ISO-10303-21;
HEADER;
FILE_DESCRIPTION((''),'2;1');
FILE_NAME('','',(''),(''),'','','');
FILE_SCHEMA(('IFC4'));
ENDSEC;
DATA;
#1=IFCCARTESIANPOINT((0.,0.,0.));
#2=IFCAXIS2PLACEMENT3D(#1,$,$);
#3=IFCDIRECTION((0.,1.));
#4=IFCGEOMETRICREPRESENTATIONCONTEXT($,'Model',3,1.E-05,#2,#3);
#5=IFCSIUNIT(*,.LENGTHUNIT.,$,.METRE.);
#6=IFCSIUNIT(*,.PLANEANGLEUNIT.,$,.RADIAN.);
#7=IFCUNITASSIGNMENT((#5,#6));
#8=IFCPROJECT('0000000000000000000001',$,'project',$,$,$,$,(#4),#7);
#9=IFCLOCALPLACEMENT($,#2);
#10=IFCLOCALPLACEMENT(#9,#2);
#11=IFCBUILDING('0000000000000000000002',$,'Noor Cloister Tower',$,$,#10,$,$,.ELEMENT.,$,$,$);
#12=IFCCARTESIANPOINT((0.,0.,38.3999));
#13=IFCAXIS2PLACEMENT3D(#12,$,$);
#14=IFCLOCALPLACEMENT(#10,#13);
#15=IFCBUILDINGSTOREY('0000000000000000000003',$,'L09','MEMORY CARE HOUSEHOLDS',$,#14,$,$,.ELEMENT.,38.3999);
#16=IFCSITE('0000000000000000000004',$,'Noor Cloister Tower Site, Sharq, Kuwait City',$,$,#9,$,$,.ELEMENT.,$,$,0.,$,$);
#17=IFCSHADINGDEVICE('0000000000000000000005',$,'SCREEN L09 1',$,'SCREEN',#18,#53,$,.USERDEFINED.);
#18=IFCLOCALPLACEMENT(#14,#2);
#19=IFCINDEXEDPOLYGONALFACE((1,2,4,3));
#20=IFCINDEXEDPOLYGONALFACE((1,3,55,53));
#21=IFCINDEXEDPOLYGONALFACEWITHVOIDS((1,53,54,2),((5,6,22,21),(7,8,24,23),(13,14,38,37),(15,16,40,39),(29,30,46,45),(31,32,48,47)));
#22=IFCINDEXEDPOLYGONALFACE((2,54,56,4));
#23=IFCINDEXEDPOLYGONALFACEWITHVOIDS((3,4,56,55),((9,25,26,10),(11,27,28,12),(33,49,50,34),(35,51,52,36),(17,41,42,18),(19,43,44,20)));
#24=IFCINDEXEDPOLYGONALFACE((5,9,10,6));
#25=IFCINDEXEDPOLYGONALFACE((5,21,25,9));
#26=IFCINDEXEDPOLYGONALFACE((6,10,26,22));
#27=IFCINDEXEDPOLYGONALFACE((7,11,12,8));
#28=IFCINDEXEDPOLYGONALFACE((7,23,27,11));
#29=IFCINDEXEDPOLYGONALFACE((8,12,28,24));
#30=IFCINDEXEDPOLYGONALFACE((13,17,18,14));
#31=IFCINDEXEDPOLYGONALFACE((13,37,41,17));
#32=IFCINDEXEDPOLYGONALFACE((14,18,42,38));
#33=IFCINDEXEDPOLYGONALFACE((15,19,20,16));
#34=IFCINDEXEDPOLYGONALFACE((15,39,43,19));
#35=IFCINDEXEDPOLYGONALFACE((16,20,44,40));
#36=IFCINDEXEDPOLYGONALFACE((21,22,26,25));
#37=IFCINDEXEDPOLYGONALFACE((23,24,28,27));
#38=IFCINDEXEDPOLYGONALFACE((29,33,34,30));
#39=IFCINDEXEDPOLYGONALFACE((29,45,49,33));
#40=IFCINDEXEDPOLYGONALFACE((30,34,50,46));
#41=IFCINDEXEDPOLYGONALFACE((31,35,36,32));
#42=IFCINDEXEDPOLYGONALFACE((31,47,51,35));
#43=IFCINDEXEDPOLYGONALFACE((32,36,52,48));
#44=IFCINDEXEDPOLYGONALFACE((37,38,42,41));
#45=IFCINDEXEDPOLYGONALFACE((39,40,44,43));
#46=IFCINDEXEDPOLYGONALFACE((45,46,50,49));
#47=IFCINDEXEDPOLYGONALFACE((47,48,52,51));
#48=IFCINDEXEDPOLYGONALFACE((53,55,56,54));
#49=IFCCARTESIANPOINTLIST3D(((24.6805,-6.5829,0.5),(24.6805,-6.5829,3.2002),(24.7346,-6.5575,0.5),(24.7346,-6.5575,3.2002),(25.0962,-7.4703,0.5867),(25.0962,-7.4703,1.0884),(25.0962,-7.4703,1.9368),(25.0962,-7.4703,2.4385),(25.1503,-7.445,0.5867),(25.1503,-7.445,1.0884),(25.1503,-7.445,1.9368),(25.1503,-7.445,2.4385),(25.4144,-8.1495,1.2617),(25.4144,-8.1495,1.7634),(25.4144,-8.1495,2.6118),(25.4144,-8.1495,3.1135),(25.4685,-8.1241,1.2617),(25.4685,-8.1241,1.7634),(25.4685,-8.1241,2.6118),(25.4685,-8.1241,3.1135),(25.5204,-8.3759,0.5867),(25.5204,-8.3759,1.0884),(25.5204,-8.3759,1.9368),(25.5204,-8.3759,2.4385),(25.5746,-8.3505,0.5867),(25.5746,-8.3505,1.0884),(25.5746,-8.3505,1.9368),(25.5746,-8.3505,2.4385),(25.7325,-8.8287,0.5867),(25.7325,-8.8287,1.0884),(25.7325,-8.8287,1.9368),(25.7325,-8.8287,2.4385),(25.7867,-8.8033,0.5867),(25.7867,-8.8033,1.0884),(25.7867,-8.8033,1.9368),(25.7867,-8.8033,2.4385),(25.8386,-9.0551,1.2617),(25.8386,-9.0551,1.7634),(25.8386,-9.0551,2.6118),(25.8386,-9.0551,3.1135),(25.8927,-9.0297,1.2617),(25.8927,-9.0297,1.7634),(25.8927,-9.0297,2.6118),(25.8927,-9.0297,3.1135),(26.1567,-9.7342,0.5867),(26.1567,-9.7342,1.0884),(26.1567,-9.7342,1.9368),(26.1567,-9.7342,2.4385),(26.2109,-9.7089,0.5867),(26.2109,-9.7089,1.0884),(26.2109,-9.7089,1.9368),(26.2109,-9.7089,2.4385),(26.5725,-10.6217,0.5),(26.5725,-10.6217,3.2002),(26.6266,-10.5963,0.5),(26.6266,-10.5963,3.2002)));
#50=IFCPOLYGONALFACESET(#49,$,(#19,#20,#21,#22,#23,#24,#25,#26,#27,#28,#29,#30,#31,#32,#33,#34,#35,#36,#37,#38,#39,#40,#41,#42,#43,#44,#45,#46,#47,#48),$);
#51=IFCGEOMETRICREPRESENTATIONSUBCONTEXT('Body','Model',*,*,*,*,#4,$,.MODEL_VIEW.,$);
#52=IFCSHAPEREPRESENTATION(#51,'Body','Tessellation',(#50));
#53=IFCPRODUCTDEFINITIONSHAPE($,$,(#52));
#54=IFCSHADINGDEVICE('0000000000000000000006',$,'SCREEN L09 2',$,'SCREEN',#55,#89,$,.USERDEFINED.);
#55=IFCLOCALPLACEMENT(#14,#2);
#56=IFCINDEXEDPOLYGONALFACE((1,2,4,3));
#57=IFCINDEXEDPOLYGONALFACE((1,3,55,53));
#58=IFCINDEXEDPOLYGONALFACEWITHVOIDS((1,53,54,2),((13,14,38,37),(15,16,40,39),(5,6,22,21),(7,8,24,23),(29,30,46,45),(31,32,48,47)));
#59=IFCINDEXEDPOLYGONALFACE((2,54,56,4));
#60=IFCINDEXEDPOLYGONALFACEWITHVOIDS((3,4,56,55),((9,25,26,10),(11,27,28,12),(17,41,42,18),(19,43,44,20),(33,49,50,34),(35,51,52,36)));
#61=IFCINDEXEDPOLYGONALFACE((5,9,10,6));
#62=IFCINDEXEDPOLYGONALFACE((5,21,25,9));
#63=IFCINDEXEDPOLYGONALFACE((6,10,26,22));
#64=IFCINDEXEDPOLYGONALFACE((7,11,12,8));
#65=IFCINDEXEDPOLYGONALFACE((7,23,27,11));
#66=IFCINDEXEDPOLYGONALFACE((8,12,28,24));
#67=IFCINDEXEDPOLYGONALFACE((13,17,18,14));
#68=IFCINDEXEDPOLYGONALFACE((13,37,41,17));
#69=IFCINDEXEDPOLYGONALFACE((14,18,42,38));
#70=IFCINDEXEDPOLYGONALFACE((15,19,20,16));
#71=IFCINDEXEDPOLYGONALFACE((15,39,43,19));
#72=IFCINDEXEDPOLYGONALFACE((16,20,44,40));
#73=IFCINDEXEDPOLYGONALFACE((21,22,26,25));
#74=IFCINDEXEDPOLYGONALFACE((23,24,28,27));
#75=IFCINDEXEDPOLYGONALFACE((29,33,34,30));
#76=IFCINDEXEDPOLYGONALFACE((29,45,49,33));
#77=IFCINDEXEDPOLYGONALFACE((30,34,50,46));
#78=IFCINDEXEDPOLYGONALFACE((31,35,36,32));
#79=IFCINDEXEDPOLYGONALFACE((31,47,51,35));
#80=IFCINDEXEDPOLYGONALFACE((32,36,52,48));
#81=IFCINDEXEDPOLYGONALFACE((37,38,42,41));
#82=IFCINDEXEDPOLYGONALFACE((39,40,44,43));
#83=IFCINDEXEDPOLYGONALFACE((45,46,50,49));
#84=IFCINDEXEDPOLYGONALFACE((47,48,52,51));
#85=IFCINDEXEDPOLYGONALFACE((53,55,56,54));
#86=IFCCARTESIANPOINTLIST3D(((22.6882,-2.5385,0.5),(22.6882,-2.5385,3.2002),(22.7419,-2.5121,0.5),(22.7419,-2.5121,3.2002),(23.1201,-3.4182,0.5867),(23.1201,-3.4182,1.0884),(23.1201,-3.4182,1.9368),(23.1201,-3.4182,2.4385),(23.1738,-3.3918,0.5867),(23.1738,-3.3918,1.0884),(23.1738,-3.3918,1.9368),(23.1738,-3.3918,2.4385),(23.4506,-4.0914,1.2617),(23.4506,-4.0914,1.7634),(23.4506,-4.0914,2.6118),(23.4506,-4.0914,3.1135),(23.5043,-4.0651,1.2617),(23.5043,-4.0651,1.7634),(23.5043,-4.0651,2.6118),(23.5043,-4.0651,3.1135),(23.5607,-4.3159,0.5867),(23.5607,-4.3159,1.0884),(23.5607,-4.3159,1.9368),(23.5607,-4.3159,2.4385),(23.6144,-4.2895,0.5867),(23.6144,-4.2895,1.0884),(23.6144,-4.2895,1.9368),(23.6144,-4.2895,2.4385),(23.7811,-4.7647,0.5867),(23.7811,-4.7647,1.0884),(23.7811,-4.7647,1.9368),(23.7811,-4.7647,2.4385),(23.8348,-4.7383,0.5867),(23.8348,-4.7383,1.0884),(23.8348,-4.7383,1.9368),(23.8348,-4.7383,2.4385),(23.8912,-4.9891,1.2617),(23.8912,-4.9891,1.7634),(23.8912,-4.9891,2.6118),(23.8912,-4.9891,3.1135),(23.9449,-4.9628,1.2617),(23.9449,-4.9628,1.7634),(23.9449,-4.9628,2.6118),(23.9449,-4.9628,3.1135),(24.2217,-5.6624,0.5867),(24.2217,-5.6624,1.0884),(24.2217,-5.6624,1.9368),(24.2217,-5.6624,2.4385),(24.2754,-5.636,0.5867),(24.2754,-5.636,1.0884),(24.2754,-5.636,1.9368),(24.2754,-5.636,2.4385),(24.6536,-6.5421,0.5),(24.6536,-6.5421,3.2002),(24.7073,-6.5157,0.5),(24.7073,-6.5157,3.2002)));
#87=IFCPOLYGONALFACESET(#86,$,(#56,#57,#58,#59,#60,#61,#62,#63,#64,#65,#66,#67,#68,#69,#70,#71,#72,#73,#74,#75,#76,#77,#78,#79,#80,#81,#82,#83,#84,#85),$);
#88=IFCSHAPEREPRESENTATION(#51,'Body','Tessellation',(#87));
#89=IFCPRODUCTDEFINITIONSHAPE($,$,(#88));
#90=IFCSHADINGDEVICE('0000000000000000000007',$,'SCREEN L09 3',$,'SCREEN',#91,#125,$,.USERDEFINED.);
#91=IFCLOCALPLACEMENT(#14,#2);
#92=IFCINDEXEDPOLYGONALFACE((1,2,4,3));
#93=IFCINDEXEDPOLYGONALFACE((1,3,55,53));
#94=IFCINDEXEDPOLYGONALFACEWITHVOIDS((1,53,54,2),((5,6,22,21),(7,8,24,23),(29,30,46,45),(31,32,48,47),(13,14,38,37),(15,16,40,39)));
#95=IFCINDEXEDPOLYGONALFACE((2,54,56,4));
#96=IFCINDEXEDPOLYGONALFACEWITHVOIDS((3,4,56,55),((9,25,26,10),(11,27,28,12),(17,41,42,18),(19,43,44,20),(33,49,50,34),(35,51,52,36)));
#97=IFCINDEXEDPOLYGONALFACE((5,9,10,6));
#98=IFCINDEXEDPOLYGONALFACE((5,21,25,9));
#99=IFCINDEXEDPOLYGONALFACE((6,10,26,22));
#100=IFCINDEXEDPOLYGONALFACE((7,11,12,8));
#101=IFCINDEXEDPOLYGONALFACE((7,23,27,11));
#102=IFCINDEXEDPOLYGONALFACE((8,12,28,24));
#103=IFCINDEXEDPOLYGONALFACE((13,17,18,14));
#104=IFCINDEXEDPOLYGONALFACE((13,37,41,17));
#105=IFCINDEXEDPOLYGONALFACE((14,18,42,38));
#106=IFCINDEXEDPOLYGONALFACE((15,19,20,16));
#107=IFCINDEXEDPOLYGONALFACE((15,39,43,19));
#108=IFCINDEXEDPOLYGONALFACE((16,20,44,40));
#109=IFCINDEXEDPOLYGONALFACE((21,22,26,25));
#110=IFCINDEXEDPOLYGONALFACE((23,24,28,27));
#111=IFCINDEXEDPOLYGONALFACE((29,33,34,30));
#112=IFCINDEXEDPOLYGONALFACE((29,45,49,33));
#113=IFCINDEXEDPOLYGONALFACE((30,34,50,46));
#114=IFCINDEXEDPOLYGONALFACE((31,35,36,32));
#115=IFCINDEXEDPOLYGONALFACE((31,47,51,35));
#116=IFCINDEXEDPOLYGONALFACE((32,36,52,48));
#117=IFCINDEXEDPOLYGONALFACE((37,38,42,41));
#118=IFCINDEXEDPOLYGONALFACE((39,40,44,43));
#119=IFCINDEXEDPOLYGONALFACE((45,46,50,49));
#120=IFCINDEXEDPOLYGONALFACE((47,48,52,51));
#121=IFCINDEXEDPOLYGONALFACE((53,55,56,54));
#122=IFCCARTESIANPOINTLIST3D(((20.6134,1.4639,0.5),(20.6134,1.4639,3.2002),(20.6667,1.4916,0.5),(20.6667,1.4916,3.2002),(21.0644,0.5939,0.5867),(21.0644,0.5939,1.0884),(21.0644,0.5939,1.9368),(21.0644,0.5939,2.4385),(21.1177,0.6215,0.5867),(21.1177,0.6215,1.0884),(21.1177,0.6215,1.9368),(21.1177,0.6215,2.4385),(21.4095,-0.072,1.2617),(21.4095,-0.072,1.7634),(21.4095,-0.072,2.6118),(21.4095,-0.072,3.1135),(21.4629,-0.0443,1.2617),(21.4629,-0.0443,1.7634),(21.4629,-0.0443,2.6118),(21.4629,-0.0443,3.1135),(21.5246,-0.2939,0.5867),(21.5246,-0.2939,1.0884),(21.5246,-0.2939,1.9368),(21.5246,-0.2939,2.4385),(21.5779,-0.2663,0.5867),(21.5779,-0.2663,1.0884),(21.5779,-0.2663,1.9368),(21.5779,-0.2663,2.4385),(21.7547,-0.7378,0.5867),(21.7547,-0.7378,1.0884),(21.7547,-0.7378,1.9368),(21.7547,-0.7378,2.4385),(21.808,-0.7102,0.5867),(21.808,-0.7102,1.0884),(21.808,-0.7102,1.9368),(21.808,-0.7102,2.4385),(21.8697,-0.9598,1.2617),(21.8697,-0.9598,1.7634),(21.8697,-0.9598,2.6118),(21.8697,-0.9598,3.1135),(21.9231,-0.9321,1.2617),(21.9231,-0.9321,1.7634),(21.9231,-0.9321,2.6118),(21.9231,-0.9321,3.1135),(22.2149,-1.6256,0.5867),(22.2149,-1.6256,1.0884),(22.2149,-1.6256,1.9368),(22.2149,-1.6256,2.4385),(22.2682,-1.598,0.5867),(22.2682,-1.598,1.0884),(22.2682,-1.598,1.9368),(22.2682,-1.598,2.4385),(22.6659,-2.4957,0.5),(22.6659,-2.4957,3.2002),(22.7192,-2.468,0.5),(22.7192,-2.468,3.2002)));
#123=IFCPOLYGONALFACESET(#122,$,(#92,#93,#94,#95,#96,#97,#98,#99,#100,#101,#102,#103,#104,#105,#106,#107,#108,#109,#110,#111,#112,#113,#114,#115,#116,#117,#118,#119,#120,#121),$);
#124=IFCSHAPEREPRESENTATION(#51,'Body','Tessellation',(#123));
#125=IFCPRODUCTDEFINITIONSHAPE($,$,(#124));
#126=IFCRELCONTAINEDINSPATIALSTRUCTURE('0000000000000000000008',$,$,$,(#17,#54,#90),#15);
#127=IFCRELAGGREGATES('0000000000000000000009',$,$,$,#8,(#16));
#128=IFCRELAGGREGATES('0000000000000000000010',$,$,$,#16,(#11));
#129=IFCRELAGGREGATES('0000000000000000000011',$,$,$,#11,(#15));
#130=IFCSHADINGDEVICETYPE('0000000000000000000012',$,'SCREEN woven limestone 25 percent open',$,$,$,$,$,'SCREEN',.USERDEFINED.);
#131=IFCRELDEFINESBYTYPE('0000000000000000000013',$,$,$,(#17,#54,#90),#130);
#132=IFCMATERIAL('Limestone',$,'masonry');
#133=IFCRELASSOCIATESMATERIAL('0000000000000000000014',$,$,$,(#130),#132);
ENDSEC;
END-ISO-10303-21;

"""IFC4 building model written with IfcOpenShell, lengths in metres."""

from ifc_helpers import new_model, si_unit, direction, frame, origin, place, context, subcontext, project, spatial, polyline, outline, extrude, material, material_profile, profile_set, type_object, element, save


model = new_model("IFC4")

# Units and contexts
model_context = context("Model", 3, precision=1e-05, world=origin(), true_north=direction((0.0, 1.0)))
body_context = subcontext(model_context, "Body", "Model", "MODEL_VIEW")
ifc_project = project(units=[si_unit("LENGTHUNIT", "METRE"), si_unit("PLANEANGLEUNIT", "RADIAN")], contexts=[model_context])

# Site, building, storey
site_placement = place(None, origin())
site = spatial("IfcSite", under=ifc_project, at=site_placement, Name="Noor Cloister Tower Site, Sharq, Kuwait City", CompositionType="ELEMENT", RefElevation=0.0)
building_placement = place(site_placement, origin())
building = spatial("IfcBuilding", under=site, at=building_placement, Name="Noor Cloister Tower", CompositionType="ELEMENT")
storey_placement = place(building_placement, frame((0.0, 0.0, 38.3999)))
storey = spatial("IfcBuildingStorey", under=building, at=storey_placement, Name="L09", Description="MEMORY CARE HOUSEHOLDS", CompositionType="ELEMENT", Elevation=38.3999)

# Shading devices
ifc_material_1 = material(Name="Limestone", Category="masonry")
ifc_material_profile_1 = material_profile(ifc_material_1, outline(polyline([(-2.23, -1.3501), (2.23, -1.3501), (2.23, 1.3501), (-2.23, 1.3501), (-2.23, -1.3501)]), holes=[polyline([(-1.25, -1.2634), (-0.25, -1.2634), (-0.25, -0.7617), (-1.25, -0.7617), (-1.25, -1.2634)]), polyline([(0.25, -1.2634), (1.25, -1.2634), (1.25, -0.7617), (0.25, -0.7617), (0.25, -1.2634)]), polyline([(-0.5, -0.5884), (0.5, -0.5884), (0.5, -0.0867), (-0.5, -0.0867), (-0.5, -0.5884)]), polyline([(-1.25, 0.0867), (-0.25, 0.0867), (-0.25, 0.5884), (-1.25, 0.5884), (-1.25, 0.0867)]), polyline([(0.25, 0.0867), (1.25, 0.0867), (1.25, 0.5884), (0.25, 0.5884), (0.25, 0.0867)]), polyline([(-0.5, 0.7617), (0.5, 0.7617), (0.5, 1.2634), (-0.5, 1.2634), (-0.5, 0.7617)])]), Name="Woven screen 25 percent open")
ifc_profile_set_1 = profile_set([ifc_material_profile_1], Name="Limestone")
shading_device_type = type_object("IfcShadingDeviceType", Name="SCREEN woven limestone 25 percent open", ElementType="SCREEN", PredefinedType="USERDEFINED", material=ifc_profile_set_1)
for number, where, z_axis, x_axis, name in (
    (1, (25.6265, -8.6023, 1.8501), (0.905557, 0.424225, 0.0), (-0.424225, 0.905557, 0.0), "SCREEN L09 1"),
    (2, (23.6709, -4.5403, 1.8501), (0.897668, 0.440673, 0.0), (-0.440673, 0.897668, 0.0), "SCREEN L09 2"),
):
    element("IfcShadingDevice", number, at=place(storey_placement, frame(where, z_axis=z_axis, x_axis=x_axis)), inside=storey, type_object=shading_device_type, Name=name, ObjectType="SCREEN", PredefinedType="USERDEFINED", context=body_context, shape_type="SweptSolid", body=[
        extrude(outline(polyline([(-2.23, -1.3501), (2.23, -1.3501), (2.23, 1.3501), (-2.23, 1.3501), (-2.23, -1.3501)]), holes=[polyline([(-1.25, -1.2634), (-0.25, -1.2634), (-0.25, -0.7617), (-1.25, -0.7617), (-1.25, -1.2634)]), polyline([(0.25, -1.2634), (1.25, -1.2634), (1.25, -0.7617), (0.25, -0.7617), (0.25, -1.2634)]), polyline([(-0.5, -0.5884), (0.5, -0.5884), (0.5, -0.0867), (-0.5, -0.0867), (-0.5, -0.5884)]), polyline([(-1.25, 0.0867), (-0.25, 0.0867), (-0.25, 0.5884), (-1.25, 0.5884), (-1.25, 0.0867)]), polyline([(0.25, 0.0867), (1.25, 0.0867), (1.25, 0.5884), (0.25, 0.5884), (0.25, 0.0867)]), polyline([(-0.5, 0.7617), (0.5, 0.7617), (0.5, 1.2634), (-0.5, 1.2634), (-0.5, 0.7617)])]), origin(), (0.0, 0.0, 1.0), 0.0598),
    ])
shading_device_1_placement = place(storey_placement, frame((21.6396, -0.5159, 1.8501), z_axis=(0.887816, 0.460198, 0.0), x_axis=(-0.460198, 0.887816, 0.0)))
element("IfcShadingDevice", 3, at=shading_device_1_placement, inside=storey, type_object=shading_device_type, Name="SCREEN L09 3", ObjectType="SCREEN", PredefinedType="USERDEFINED", context=body_context, shape_type="SweptSolid", body=[
    extrude(outline(polyline([(-2.23, -1.3501), (2.23, -1.3501), (2.23, 1.3501), (-2.23, 1.3501), (-2.23, -1.3501)]), holes=[polyline([(-1.25, -1.2634), (-0.25, -1.2634), (-0.25, -0.7617), (-1.25, -0.7617), (-1.25, -1.2634)]), polyline([(0.25, -1.2634), (1.25, -1.2634), (1.25, -0.7617), (0.25, -0.7617), (0.25, -1.2634)]), polyline([(-0.5, -0.5884), (0.5, -0.5884), (0.5, -0.0867), (-0.5, -0.0867), (-0.5, -0.5884)]), polyline([(-1.25, 0.0867), (-0.25, 0.0867), (-0.25, 0.5884), (-1.25, 0.5884), (-1.25, 0.0867)]), polyline([(0.25, 0.0867), (1.25, 0.0867), (1.25, 0.5884), (0.25, 0.5884), (0.25, 0.0867)]), polyline([(-0.5, 0.7617), (0.5, 0.7617), (0.5, 1.2634), (-0.5, 1.2634), (-0.5, 0.7617)])]), origin(), (0.0, 0.0, 1.0), 0.0601),
])

save(model, "model.ifc")
